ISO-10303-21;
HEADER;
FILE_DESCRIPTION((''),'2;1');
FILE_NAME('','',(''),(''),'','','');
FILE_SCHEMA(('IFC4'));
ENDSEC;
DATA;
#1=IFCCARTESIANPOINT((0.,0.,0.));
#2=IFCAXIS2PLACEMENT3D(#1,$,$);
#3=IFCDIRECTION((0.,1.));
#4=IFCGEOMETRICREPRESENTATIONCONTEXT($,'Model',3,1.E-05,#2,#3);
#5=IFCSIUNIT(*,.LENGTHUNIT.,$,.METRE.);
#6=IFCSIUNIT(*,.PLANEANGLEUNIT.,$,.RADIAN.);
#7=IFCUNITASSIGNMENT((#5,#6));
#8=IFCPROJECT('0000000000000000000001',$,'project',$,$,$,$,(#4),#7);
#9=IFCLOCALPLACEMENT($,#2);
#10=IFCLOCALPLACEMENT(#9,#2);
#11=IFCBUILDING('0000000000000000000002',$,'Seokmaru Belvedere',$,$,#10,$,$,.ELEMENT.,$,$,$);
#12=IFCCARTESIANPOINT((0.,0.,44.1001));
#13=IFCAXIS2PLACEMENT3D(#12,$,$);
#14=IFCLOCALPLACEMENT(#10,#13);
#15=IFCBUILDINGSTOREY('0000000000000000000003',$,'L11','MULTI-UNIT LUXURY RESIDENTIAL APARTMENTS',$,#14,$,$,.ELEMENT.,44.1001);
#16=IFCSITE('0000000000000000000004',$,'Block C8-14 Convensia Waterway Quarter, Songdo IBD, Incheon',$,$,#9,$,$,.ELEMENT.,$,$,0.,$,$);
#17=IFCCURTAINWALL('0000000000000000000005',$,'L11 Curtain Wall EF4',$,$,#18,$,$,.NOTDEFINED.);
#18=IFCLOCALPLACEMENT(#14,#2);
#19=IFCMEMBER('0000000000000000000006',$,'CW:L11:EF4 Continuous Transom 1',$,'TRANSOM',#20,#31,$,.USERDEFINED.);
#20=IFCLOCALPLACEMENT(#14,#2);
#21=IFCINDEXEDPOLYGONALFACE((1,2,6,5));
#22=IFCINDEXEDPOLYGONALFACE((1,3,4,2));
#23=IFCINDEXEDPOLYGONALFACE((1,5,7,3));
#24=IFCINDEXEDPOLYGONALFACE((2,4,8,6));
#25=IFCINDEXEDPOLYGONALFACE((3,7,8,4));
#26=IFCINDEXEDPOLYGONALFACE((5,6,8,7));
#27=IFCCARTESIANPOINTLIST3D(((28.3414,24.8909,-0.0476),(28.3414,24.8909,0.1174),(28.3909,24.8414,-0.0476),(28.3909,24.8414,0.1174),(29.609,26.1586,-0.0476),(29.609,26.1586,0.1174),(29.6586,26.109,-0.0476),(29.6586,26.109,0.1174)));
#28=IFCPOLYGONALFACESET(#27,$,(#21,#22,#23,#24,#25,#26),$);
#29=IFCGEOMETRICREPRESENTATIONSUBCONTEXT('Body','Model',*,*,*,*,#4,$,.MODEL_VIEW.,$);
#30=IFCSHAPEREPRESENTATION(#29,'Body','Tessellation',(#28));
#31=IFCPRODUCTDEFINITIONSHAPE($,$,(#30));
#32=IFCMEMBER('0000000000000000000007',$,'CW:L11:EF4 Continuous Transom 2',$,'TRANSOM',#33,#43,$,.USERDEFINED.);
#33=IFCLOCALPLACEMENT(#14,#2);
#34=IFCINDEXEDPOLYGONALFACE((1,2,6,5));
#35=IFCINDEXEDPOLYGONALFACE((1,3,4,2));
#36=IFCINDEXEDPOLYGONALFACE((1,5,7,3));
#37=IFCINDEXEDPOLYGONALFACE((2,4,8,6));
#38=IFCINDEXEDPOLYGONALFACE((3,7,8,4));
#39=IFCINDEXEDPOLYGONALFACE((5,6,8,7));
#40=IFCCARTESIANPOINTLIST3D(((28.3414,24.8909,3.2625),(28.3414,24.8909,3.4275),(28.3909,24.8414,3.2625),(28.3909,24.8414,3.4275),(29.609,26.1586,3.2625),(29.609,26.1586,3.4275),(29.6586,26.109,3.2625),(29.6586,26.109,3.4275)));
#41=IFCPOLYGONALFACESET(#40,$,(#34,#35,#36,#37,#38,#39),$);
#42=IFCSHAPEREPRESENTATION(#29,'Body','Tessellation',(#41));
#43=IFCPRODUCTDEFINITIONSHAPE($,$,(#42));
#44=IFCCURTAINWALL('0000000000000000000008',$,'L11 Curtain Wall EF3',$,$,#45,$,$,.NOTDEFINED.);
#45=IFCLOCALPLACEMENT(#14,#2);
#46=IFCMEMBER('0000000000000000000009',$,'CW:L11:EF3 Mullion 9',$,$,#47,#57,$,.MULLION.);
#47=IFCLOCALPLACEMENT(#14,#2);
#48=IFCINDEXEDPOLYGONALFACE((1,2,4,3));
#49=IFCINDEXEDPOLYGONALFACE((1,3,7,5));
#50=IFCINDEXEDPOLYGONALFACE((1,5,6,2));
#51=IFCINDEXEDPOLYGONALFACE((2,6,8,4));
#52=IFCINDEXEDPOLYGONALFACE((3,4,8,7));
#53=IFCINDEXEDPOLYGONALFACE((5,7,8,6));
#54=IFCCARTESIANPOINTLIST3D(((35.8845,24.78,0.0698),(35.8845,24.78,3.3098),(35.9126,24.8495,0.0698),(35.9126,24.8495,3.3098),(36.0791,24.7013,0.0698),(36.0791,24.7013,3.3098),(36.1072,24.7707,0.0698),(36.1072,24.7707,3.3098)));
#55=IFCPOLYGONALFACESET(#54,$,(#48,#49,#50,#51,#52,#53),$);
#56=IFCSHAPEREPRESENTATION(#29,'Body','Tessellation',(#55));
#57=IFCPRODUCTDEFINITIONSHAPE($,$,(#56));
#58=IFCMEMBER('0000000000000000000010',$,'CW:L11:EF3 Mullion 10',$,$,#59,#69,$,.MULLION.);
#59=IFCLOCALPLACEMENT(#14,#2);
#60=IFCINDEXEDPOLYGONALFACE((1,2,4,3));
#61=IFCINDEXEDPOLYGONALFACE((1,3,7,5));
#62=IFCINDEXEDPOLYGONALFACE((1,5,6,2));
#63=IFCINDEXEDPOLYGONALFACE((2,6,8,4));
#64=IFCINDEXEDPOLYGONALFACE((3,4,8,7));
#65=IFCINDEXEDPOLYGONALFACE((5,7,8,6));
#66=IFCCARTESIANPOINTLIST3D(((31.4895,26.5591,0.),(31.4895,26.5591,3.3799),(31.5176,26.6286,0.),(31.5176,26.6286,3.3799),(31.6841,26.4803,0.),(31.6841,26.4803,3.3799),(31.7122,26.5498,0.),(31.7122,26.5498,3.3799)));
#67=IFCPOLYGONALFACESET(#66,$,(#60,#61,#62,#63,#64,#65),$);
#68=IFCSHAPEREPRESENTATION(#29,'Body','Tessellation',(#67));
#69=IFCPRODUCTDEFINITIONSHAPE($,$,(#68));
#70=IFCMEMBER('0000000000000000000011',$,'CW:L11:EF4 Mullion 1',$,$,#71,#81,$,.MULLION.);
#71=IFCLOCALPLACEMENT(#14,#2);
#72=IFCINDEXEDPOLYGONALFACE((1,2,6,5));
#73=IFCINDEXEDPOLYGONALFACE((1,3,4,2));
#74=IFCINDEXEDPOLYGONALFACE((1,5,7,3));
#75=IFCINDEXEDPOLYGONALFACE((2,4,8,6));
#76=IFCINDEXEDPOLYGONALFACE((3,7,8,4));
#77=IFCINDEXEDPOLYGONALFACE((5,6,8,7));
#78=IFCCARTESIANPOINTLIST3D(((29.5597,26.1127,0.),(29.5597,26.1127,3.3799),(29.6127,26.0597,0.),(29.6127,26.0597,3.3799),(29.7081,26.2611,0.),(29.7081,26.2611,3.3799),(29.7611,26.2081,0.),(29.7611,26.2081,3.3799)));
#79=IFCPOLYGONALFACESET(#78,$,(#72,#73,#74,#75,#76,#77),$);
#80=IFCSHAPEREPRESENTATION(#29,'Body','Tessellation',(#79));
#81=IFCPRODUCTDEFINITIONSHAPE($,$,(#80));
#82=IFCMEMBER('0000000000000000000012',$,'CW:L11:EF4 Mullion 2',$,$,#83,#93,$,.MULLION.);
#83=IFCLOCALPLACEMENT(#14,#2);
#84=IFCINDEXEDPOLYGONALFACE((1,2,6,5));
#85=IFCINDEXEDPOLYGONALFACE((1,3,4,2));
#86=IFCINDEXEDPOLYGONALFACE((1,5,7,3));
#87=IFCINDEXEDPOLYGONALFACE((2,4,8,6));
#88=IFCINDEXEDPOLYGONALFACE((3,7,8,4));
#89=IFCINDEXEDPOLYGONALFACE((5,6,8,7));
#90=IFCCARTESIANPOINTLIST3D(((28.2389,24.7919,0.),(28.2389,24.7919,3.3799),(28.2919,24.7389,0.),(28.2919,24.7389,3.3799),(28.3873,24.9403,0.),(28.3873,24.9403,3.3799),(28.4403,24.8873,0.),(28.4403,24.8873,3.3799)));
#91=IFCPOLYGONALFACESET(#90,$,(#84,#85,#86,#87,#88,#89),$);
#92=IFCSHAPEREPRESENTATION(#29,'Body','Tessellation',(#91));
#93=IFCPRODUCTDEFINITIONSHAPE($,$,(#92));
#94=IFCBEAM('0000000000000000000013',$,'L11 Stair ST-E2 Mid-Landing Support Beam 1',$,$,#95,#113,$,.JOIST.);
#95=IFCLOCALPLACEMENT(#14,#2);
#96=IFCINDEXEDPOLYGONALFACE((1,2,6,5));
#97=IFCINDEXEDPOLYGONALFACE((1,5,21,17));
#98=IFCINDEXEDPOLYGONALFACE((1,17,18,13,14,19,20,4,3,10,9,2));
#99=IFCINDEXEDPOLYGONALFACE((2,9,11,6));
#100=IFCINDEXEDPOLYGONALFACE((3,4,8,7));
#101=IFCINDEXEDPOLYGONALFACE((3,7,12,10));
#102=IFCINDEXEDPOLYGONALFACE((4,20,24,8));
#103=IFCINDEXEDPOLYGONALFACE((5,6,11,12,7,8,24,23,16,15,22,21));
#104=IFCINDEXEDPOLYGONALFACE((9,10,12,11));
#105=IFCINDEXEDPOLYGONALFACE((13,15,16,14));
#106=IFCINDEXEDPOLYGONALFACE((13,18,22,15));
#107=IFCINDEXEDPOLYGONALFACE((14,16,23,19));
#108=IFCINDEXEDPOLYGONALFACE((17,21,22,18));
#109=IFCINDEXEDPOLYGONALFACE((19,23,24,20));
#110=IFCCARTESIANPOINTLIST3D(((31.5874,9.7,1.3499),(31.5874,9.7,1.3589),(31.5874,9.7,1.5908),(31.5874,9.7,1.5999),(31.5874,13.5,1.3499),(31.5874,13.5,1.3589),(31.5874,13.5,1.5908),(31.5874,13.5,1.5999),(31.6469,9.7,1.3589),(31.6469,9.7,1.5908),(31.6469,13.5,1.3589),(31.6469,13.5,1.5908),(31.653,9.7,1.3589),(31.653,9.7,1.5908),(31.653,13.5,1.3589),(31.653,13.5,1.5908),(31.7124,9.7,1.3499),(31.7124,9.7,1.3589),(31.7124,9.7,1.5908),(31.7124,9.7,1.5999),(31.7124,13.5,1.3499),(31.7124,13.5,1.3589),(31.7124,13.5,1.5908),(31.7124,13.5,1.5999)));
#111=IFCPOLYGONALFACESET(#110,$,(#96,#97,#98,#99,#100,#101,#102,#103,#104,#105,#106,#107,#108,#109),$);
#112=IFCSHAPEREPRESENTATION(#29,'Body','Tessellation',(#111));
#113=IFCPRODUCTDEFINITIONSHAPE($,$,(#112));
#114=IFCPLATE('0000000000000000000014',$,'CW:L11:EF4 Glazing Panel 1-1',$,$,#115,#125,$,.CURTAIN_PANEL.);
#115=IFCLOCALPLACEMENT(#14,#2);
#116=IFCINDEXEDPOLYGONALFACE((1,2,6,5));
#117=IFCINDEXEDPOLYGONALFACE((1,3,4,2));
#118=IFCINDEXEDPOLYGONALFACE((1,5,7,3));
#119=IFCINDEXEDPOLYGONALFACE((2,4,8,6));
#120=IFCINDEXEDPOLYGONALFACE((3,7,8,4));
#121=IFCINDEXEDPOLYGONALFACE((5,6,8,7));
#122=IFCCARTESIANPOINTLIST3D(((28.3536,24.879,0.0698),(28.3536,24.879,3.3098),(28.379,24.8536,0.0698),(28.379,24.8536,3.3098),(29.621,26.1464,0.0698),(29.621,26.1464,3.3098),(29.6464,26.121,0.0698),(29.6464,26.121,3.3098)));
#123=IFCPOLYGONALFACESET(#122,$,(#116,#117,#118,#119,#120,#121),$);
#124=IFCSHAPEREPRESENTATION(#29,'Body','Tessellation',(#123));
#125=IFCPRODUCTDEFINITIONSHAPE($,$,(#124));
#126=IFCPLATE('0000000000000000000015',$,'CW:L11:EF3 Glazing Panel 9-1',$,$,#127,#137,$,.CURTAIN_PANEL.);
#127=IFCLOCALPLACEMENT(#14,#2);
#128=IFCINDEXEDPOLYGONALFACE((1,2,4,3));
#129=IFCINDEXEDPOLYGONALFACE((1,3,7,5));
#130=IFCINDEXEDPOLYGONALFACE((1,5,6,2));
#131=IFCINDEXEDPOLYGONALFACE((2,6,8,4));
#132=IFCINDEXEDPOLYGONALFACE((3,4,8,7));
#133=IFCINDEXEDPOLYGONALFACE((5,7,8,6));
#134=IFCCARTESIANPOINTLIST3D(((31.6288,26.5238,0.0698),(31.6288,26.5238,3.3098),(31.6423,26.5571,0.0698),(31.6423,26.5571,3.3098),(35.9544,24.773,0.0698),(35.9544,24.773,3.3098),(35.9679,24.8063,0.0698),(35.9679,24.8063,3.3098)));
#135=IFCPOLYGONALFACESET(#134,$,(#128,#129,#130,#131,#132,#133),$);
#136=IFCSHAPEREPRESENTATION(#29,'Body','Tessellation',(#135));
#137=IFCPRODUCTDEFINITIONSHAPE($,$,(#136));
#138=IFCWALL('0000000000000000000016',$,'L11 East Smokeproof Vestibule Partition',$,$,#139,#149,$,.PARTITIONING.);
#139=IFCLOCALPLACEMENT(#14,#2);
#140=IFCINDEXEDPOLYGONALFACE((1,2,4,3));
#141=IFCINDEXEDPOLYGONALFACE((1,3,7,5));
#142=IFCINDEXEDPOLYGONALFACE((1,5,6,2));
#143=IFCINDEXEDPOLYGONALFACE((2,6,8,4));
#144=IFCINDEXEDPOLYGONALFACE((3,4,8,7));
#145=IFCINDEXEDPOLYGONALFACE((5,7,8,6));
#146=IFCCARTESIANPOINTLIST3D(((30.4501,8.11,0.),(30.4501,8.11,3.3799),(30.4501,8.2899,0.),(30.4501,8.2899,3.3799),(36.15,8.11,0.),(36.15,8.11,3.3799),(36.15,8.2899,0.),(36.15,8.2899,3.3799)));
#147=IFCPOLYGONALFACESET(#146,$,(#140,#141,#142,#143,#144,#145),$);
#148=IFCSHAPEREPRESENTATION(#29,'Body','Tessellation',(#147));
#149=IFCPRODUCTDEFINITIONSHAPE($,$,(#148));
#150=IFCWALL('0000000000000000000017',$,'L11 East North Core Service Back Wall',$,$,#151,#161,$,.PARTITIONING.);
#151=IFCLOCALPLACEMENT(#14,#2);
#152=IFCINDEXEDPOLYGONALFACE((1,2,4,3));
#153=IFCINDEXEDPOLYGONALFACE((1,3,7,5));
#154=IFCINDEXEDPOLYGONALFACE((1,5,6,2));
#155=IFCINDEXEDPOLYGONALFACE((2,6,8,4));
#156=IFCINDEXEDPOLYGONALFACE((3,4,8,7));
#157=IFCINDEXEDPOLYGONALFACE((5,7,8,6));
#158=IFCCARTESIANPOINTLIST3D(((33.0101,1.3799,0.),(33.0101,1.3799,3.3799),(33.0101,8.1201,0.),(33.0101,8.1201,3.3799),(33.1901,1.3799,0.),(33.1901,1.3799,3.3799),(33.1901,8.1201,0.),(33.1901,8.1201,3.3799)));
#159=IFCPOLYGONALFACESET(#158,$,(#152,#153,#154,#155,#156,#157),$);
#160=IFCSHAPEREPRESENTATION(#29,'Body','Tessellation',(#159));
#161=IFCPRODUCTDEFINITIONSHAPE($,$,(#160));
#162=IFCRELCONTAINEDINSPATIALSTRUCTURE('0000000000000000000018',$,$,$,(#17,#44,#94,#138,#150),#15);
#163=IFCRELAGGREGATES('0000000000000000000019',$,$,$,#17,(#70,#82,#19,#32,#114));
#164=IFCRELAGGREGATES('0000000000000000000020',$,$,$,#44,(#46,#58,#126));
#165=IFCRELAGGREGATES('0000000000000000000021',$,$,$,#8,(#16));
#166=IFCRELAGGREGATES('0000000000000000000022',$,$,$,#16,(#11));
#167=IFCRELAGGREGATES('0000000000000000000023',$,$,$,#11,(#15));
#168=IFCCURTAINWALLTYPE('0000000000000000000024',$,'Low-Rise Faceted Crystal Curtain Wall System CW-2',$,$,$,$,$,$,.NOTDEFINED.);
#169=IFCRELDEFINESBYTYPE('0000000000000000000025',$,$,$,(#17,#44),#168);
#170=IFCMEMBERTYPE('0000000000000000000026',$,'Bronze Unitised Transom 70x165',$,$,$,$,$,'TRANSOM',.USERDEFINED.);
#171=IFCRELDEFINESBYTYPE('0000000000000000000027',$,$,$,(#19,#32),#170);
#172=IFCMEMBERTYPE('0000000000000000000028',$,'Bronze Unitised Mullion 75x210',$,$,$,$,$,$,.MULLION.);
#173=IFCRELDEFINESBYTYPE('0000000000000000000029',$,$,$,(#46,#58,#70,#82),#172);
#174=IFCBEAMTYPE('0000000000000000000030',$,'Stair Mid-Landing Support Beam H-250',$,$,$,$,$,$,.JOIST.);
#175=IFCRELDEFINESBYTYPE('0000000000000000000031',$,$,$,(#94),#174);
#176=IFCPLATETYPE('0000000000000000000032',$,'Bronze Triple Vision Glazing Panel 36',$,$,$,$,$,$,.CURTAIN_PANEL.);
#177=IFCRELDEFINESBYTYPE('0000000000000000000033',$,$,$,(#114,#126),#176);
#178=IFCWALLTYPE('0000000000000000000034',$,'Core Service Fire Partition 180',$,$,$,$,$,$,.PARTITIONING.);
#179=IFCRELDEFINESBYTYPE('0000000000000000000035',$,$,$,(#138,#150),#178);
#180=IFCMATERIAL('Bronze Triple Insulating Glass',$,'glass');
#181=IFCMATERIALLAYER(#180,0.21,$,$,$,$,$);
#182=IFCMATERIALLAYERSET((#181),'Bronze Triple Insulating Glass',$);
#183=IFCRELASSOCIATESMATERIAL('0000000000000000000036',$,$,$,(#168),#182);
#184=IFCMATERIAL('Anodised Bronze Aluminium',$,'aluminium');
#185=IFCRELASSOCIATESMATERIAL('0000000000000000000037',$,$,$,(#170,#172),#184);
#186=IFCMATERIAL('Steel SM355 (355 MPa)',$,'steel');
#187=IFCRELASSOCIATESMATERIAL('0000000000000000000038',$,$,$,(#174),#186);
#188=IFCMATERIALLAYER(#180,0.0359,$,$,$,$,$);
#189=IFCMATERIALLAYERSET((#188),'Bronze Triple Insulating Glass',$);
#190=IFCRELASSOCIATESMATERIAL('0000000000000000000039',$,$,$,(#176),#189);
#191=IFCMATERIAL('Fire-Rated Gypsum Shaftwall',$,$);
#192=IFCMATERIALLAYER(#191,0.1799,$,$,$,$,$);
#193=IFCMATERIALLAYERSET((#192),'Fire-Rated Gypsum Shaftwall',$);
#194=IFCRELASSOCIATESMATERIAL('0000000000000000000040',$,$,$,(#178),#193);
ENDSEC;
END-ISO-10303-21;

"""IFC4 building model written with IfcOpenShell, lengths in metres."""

from ifc_helpers import new_model, si_unit, direction, frame, frame_2d, origin, origin_2d, place, context, subcontext, project, spatial, rectangle, i_section, extrude, source, transform, mapped, material, layer, layer_set, material_profile, profile_set, type_object, type_shapes, element, aggregate, save


model = new_model("IFC4")

# Units and contexts
model_context = context("Model", 3, precision=1e-05, world=origin(), true_north=direction((0.0, 1.0)))
body_context = subcontext(model_context, "Body", "Model", "MODEL_VIEW")
ifc_project = project(units=[si_unit("LENGTHUNIT", "METRE"), si_unit("PLANEANGLEUNIT", "RADIAN")], contexts=[model_context])

# Site, building, storey
site_placement = place(None, origin())
site = spatial("IfcSite", under=ifc_project, at=site_placement, Name="Block C8-14 Convensia Waterway Quarter, Songdo IBD, Incheon", CompositionType="ELEMENT", RefElevation=0.0)
building_placement = place(site_placement, origin())
building = spatial("IfcBuilding", under=site, at=building_placement, Name="Seokmaru Belvedere", CompositionType="ELEMENT")
storey_placement = place(building_placement, frame((0.0, 0.0, 44.1001)))
storey = spatial("IfcBuildingStorey", under=building, at=storey_placement, Name="L11", Description="MULTI-UNIT LUXURY RESIDENTIAL APARTMENTS", CompositionType="ELEMENT", Elevation=44.1001)

# Shared definitions
ifc_material_1 = material(Name="Steel SM355 (355 MPa)", Category="steel")

# Curtain walls, members
ifc_material_2 = material(Name="Bronze Triple Insulating Glass", Category="glass")
ifc_layer_1 = layer(ifc_material_2, 0.21)
ifc_layer_set_1 = layer_set([ifc_layer_1], Name="Bronze Triple Insulating Glass")
curtain_wall_type = type_object("IfcCurtainWallType", Name="Low-Rise Faceted Crystal Curtain Wall System CW-2", PredefinedType="NOTDEFINED", material=ifc_layer_set_1)
curtain_wall_1_placement = place(storey_placement, origin())
curtain_wall_1 = element("IfcCurtainWall", 1, at=curtain_wall_1_placement, inside=storey, type_object=curtain_wall_type, Name="L11 Curtain Wall EF4", PredefinedType="NOTDEFINED")
ifc_material_3 = material(Name="Anodised Bronze Aluminium", Category="aluminium")
ifc_material_profile_1 = material_profile(ifc_material_3, rectangle(XDim=0.0701, YDim=0.165, at=origin_2d()), Name="CW-T-70x165")
ifc_profile_set_1 = profile_set([ifc_material_profile_1], Name="Anodised Bronze Aluminium")
member_type_1 = type_object("IfcMemberType", Name="Bronze Unitised Transom 70x165", ElementType="TRANSOM", PredefinedType="USERDEFINED", material=ifc_profile_set_1)
shared_shape_1 = source(origin(), body_context, "Body", "SweptSolid", [
    extrude(rectangle(XDim=0.0701, YDim=0.165, at=origin_2d()), origin(), (0.0, 0.0, 1.0), 1.7927),
])
type_shapes(member_type_1, [shared_shape_1])
member_1_placement = place(storey_placement, frame((29.6338, 26.1338, 0.0349), z_axis=(-0.707107, -0.707107, 0.0), x_axis=(0.707107, -0.707107, 0.0)))
member_1 = element("IfcMember", 2, at=member_1_placement, type_object=member_type_1, Name="CW:L11:EF4 Continuous Transom 1", ObjectType="TRANSOM", PredefinedType="USERDEFINED", context=body_context, shape_type="MappedRepresentation", body=[
    mapped(shared_shape_1, transform((0.0, 0.0, 0.0), scale=1.0)),
])
member_2_placement = place(storey_placement, frame((29.6338, 26.1338, 3.345), z_axis=(-0.707107, -0.707107, 0.0), x_axis=(0.707107, -0.707107, 0.0)))
member_2 = element("IfcMember", 3, at=member_2_placement, type_object=member_type_1, Name="CW:L11:EF4 Continuous Transom 2", ObjectType="TRANSOM", PredefinedType="USERDEFINED", context=body_context, shape_type="MappedRepresentation", body=[
    mapped(shared_shape_1, transform((0.0, 0.0, 0.0), scale=1.0)),
])
curtain_wall_2_placement = place(storey_placement, origin())
curtain_wall_2 = element("IfcCurtainWall", 4, at=curtain_wall_2_placement, inside=storey, type_object=curtain_wall_type, Name="L11 Curtain Wall EF3", PredefinedType="NOTDEFINED")
ifc_material_profile_2 = material_profile(ifc_material_3, rectangle(XDim=0.075, YDim=0.21, at=origin_2d()), Name="CW-M-75x210")
ifc_profile_set_2 = profile_set([ifc_material_profile_2], Name="Anodised Bronze Aluminium")
member_type_2 = type_object("IfcMemberType", Name="Bronze Unitised Mullion 75x210", PredefinedType="MULLION", material=ifc_profile_set_2)
shared_shape_2 = source(origin(), body_context, "Body", "SweptSolid", [
    extrude(rectangle(XDim=0.075, YDim=0.21, at=origin_2d()), origin(), (0.0, 0.0, 1.0), 3.24),
])
member_3_placement = place(storey_placement, frame((35.9958, 24.7754, 0.0698), z_axis=(0.0, 0.0, 1.0), x_axis=(-0.375192, -0.926947, 0.0)))
member_3 = element("IfcMember", 5, at=member_3_placement, type_object=member_type_2, Name="CW:L11:EF3 Mullion 9", PredefinedType="MULLION", context=body_context, shape_type="MappedRepresentation", body=[
    mapped(shared_shape_2, transform((0.0, 0.0, 0.0), scale=1.0)),
])
shared_shape_3 = source(origin(), body_context, "Body", "SweptSolid", [
    extrude(rectangle(XDim=0.075, YDim=0.21, at=origin_2d()), origin(), (0.0, 0.0, 1.0), 3.3799),
])
type_shapes(member_type_2, [shared_shape_2, shared_shape_3])
member_4_placement = place(storey_placement, frame((31.6008, 26.5544, 0.0), z_axis=(0.0, 0.0, 1.0), x_axis=(-0.375192, -0.926947, 0.0)))
member_4 = element("IfcMember", 6, at=member_4_placement, type_object=member_type_2, Name="CW:L11:EF3 Mullion 10", PredefinedType="MULLION", context=body_context, shape_type="MappedRepresentation", body=[
    mapped(shared_shape_3, transform((0.0, 0.0, 0.0), scale=1.0)),
])

# Members
member_5_placement = place(storey_placement, frame((29.6604, 26.1604, 0.0), z_axis=(0.0, 0.0, 1.0), x_axis=(0.707107, -0.707107, 0.0)))
member_5 = element("IfcMember", 7, at=member_5_placement, type_object=member_type_2, Name="CW:L11:EF4 Mullion 1", PredefinedType="MULLION", context=body_context, shape_type="MappedRepresentation", body=[
    mapped(shared_shape_3, transform((0.0, 0.0, 0.0), scale=1.0)),
])
member_6_placement = place(storey_placement, frame((28.3396, 24.8396, 0.0), z_axis=(0.0, 0.0, 1.0), x_axis=(0.707107, -0.707107, 0.0)))
member_6 = element("IfcMember", 8, at=member_6_placement, type_object=member_type_2, Name="CW:L11:EF4 Mullion 2", PredefinedType="MULLION", context=body_context, shape_type="MappedRepresentation", body=[
    mapped(shared_shape_3, transform((0.0, 0.0, 0.0), scale=1.0)),
])

# Beam
ifc_material_profile_3 = material_profile(ifc_material_1, i_section(OverallWidth=0.125, OverallDepth=0.25, WebThickness=0.0061, FlangeThickness=0.009, at=origin_2d()), Name="H-250x125x6x9")
ifc_profile_set_3 = profile_set([ifc_material_profile_3], Name="Steel SM355 (355 MPa)")
beam_type_1 = type_object("IfcBeamType", Name="Stair Mid-Landing Support Beam H-250", PredefinedType="JOIST", material=ifc_profile_set_3)
shared_shape_4 = source(origin(), body_context, "Body", "SweptSolid", [
    extrude(i_section(OverallWidth=0.125, OverallDepth=0.25, WebThickness=0.0061, FlangeThickness=0.009, at=origin_2d()), origin(), (0.0, 0.0, 1.0), 3.8),
])
type_shapes(beam_type_1, [shared_shape_4])
beam_1_placement = place(storey_placement, frame((31.6499, 9.7, 1.4749), z_axis=(0.0, 1.0, 0.0), x_axis=(-1.0, 0.0, 0.0)))
element("IfcBeam", 9, at=beam_1_placement, inside=storey, type_object=beam_type_1, Name="L11 Stair ST-E2 Mid-Landing Support Beam 1", PredefinedType="JOIST", context=body_context, shape_type="MappedRepresentation", body=[
    mapped(shared_shape_4, transform((0.0, 0.0, 0.0), scale=1.0)),
])

# Plates
ifc_layer_2 = layer(ifc_material_2, 0.0359)
ifc_layer_set_2 = layer_set([ifc_layer_2], Name="Bronze Triple Insulating Glass")
plate_type = type_object("IfcPlateType", Name="Bronze Triple Vision Glazing Panel 36", PredefinedType="CURTAIN_PANEL", material=ifc_layer_set_2)
shared_shape_5 = source(origin(), body_context, "Body", "SweptSolid", [
    extrude(rectangle(XDim=1.7925, YDim=0.0359, at=origin_2d()), origin(), (0.0, 0.0, 1.0), 3.24),
])
plate_1_placement = place(storey_placement, frame((29.0, 25.5, 0.0698), z_axis=(0.0, 0.0, 1.0), x_axis=(-0.707107, -0.707107, 0.0)))
plate_1 = element("IfcPlate", 10, at=plate_1_placement, type_object=plate_type, Name="CW:L11:EF4 Glazing Panel 1-1", PredefinedType="CURTAIN_PANEL", context=body_context, shape_type="MappedRepresentation", body=[
    mapped(shared_shape_5, transform((0.0, 0.0, 0.0), scale=1.0)),
])
aggregate(curtain_wall_1, [member_5, member_6, member_1, member_2, plate_1])
shared_shape_6 = source(origin(), body_context, "Body", "SweptSolid", [
    extrude(rectangle(XDim=4.6665, YDim=0.0359, at=origin_2d()), origin(), (0.0, 0.0, 1.0), 3.24),
])
type_shapes(plate_type, [shared_shape_5, shared_shape_6])
plate_2_placement = place(storey_placement, frame((33.7983, 25.665, 0.0698), z_axis=(0.0, 0.0, 1.0), x_axis=(-0.926947, 0.375192, 0.0)))
plate_2 = element("IfcPlate", 11, at=plate_2_placement, type_object=plate_type, Name="CW:L11:EF3 Glazing Panel 9-1", PredefinedType="CURTAIN_PANEL", context=body_context, shape_type="MappedRepresentation", body=[
    mapped(shared_shape_6, transform((0.0, 0.0, 0.0), scale=1.0)),
])
aggregate(curtain_wall_2, [member_3, member_4, plate_2])

# Walls
ifc_material_4 = material(Name="Fire-Rated Gypsum Shaftwall")
ifc_layer_3 = layer(ifc_material_4, 0.1799)
ifc_layer_set_3 = layer_set([ifc_layer_3], Name="Fire-Rated Gypsum Shaftwall")
wall_type_1 = type_object("IfcWallType", Name="Core Service Fire Partition 180", PredefinedType="PARTITIONING", material=ifc_layer_set_3)
wall_1_placement = place(storey_placement, frame((30.45, 8.2, 0.0), z_axis=(0.0, 0.0, 1.0), x_axis=(1.0, 0.0, 0.0)))
element("IfcWall", 12, at=wall_1_placement, inside=storey, type_object=wall_type_1, Name="L11 East Smokeproof Vestibule Partition", PredefinedType="PARTITIONING", context=body_context, shape_type="SweptSolid", body=[
    extrude(rectangle(XDim=5.7, YDim=0.1799, at=frame_2d((2.8501, 0.0))), origin(), (0.0, 0.0, 1.0), 3.3799),
])
wall_2_placement = place(storey_placement, frame((33.1001, 1.3799, 0.0), z_axis=(0.0, 0.0, 1.0), x_axis=(0.0, 1.0, 0.0)))
element("IfcWall", 13, at=wall_2_placement, inside=storey, type_object=wall_type_1, Name="L11 East North Core Service Back Wall", PredefinedType="PARTITIONING", context=body_context, shape_type="SweptSolid", body=[
    extrude(rectangle(XDim=6.7402, YDim=0.1799, at=frame_2d((3.3701, 0.0))), origin(), (0.0, 0.0, 1.0), 3.3799),
])

save(model, "model.ifc")
